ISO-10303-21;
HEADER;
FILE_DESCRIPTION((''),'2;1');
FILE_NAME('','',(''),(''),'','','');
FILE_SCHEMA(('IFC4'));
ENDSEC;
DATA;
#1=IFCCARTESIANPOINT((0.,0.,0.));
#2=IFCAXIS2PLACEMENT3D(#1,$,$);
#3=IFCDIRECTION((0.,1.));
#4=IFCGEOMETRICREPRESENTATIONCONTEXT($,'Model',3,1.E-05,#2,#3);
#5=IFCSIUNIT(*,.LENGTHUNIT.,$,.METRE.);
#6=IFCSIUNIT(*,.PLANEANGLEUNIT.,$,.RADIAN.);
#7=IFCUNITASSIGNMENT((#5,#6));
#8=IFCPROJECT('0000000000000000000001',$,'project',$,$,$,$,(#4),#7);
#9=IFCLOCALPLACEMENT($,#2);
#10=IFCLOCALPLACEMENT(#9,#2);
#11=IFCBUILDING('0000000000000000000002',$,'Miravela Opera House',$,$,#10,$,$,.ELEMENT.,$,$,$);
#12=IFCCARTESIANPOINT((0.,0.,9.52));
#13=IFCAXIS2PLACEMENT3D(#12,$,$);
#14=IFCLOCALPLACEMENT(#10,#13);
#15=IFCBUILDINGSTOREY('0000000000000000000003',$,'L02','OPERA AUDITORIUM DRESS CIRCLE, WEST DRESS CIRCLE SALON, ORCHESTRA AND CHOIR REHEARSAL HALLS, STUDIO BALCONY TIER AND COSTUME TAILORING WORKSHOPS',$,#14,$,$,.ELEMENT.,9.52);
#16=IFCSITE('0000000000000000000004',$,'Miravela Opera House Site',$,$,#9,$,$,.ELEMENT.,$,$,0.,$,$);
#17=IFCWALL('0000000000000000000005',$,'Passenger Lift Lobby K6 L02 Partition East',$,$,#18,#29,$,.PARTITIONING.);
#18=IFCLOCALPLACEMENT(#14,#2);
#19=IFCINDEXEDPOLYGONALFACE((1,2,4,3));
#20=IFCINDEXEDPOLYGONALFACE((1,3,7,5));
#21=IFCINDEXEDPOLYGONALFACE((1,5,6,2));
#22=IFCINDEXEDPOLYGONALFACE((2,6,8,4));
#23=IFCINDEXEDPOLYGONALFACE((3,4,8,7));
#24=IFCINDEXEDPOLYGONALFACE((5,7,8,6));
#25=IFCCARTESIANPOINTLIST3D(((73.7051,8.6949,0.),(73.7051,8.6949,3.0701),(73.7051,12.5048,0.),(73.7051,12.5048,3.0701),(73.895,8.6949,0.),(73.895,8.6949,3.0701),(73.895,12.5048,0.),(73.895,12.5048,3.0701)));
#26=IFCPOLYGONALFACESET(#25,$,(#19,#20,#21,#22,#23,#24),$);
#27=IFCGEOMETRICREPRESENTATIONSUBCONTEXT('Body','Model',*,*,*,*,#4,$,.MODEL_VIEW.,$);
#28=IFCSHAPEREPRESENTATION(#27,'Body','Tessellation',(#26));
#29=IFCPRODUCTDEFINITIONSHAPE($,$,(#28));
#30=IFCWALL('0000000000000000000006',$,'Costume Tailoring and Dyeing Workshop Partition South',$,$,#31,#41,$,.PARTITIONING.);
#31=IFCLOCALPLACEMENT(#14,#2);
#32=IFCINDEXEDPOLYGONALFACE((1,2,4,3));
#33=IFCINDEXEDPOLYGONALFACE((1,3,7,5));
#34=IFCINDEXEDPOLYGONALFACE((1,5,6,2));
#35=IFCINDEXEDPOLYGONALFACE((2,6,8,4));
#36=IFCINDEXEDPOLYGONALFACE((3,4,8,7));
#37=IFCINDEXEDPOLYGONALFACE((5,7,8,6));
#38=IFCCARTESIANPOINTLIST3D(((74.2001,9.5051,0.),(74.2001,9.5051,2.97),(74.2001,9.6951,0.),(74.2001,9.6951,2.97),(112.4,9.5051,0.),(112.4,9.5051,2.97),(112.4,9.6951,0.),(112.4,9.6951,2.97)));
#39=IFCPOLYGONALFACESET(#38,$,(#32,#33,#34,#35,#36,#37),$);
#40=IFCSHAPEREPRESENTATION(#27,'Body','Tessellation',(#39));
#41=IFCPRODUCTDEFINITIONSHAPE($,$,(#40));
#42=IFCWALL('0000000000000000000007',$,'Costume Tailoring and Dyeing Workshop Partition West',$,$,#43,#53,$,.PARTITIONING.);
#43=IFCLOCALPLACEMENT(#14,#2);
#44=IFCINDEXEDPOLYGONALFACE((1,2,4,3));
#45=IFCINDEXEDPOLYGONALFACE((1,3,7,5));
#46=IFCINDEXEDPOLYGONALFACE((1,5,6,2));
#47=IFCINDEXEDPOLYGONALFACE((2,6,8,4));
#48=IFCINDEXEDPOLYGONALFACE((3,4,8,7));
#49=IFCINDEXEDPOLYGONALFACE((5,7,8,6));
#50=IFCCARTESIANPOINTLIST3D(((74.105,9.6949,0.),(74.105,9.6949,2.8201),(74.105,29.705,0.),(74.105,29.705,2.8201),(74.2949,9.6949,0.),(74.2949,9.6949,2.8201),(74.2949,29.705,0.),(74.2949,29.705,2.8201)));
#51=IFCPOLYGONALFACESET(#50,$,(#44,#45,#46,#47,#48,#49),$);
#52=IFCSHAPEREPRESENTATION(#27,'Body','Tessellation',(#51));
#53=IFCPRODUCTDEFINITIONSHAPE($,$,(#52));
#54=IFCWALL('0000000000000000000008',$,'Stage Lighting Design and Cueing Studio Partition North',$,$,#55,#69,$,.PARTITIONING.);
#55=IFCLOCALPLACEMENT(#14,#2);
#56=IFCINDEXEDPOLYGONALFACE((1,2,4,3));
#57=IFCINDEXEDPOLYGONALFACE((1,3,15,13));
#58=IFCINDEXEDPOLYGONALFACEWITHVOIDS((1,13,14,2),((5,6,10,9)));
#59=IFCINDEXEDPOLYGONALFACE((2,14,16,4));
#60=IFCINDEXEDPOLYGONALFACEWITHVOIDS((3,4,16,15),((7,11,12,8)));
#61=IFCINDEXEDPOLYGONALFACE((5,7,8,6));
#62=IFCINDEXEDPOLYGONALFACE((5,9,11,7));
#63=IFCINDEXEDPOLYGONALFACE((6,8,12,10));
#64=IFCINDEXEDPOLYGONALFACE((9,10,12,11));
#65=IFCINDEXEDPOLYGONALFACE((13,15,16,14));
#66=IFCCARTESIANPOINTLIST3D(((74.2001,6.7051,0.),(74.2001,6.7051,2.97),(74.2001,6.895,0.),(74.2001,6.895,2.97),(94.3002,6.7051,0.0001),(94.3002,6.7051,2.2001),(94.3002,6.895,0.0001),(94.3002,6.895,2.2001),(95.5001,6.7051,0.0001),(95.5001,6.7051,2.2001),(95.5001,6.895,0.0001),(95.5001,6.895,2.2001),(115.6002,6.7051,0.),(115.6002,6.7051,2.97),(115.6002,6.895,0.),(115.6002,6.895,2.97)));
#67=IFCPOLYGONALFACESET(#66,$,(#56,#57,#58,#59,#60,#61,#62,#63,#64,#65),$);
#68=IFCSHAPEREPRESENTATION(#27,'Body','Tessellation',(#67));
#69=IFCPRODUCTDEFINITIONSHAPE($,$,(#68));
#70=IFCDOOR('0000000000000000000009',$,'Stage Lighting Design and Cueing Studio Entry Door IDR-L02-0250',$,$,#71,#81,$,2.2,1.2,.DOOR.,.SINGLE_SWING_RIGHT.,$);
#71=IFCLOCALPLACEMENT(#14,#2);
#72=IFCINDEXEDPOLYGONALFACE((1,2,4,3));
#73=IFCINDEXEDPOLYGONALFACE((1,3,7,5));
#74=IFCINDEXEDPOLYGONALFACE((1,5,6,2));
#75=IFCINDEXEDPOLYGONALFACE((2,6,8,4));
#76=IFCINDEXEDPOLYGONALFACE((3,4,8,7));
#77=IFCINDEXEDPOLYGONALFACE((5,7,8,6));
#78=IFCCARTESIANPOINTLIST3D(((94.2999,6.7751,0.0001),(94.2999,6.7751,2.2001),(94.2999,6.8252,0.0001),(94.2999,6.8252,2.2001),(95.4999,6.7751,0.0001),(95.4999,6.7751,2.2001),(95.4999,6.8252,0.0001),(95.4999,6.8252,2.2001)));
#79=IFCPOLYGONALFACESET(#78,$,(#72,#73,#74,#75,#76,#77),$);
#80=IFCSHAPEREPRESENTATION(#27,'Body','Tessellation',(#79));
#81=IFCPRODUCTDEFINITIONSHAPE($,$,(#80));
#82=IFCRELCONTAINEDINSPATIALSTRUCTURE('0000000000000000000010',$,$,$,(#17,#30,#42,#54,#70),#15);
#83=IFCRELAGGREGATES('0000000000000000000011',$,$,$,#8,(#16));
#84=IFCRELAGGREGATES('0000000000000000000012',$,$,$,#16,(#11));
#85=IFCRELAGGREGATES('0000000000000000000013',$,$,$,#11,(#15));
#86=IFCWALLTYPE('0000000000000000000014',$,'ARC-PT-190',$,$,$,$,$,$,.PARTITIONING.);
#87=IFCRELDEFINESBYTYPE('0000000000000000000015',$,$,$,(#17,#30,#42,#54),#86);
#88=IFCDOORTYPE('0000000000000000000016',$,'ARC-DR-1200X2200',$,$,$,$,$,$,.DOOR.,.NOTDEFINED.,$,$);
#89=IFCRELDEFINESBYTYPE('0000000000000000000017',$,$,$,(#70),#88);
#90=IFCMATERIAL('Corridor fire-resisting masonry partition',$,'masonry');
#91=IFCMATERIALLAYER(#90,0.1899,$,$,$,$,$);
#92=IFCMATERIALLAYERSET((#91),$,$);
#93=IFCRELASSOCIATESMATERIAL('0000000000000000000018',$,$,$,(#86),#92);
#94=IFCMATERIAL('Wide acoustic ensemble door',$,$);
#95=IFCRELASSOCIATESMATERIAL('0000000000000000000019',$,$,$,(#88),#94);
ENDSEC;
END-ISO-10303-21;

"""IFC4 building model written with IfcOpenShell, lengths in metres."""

from ifc_helpers import new_model, si_unit, direction, frame, frame_2d, origin, place, context, subcontext, project, spatial, rectangle, extrude, material, layer, layer_set, type_object, element, fill, save


model = new_model("IFC4")

# Units and contexts
model_context = context("Model", 3, precision=1e-05, world=origin(), true_north=direction((0.0, 1.0)))
body_context = subcontext(model_context, "Body", "Model", "MODEL_VIEW")
ifc_project = project(units=[si_unit("LENGTHUNIT", "METRE"), si_unit("PLANEANGLEUNIT", "RADIAN")], contexts=[model_context])

# Site, building, storey
site_placement = place(None, origin())
site = spatial("IfcSite", under=ifc_project, at=site_placement, Name="Miravela Opera House Site", CompositionType="ELEMENT", RefElevation=0.0)
building_placement = place(site_placement, origin())
building = spatial("IfcBuilding", under=site, at=building_placement, Name="Miravela Opera House", CompositionType="ELEMENT")
storey_placement = place(building_placement, frame((0.0, 0.0, 9.52)))
storey = spatial("IfcBuildingStorey", under=building, at=storey_placement, Name="L02", Description="OPERA AUDITORIUM DRESS CIRCLE, WEST DRESS CIRCLE SALON, ORCHESTRA AND CHOIR REHEARSAL HALLS, STUDIO BALCONY TIER AND COSTUME TAILORING WORKSHOPS", CompositionType="ELEMENT", Elevation=9.52)

# Walls
ifc_material_1 = material(Name="Corridor fire-resisting masonry partition", Category="masonry")
ifc_layer_1 = layer(ifc_material_1, 0.1899)
ifc_layer_set_1 = layer_set([ifc_layer_1])
wall_type_1 = type_object("IfcWallType", Name="ARC-PT-190", PredefinedType="PARTITIONING", material=ifc_layer_set_1)
wall_1_placement = place(storey_placement, frame((73.8, 8.6951, 0.0), z_axis=(0.0, 0.0, 1.0), x_axis=(0.0, 1.0, 0.0)))
element("IfcWall", 1, at=wall_1_placement, inside=storey, type_object=wall_type_1, Name="Passenger Lift Lobby K6 L02 Partition East", PredefinedType="PARTITIONING", context=body_context, shape_type="SweptSolid", body=[
    extrude(rectangle(XDim=3.8098, YDim=0.1899, at=frame_2d((1.9048, 0.0))), origin(), (0.0, 0.0, 1.0), 3.0701),
])
wall_2_placement = place(storey_placement, frame((74.2, 9.6001, 0.0), z_axis=(0.0, 0.0, 1.0), x_axis=(1.0, 0.0, 0.0)))
element("IfcWall", 2, at=wall_2_placement, inside=storey, type_object=wall_type_1, Name="Costume Tailoring and Dyeing Workshop Partition South", PredefinedType="PARTITIONING", context=body_context, shape_type="SweptSolid", body=[
    extrude(rectangle(XDim=38.2, YDim=0.1899, at=frame_2d((19.1001, 0.0))), origin(), (0.0, 0.0, 1.0), 2.97),
])
wall_3_placement = place(storey_placement, frame((74.2, 9.6951, 0.0), z_axis=(0.0, 0.0, 1.0), x_axis=(0.0, 1.0, 0.0)))
element("IfcWall", 3, at=wall_3_placement, inside=storey, type_object=wall_type_1, Name="Costume Tailoring and Dyeing Workshop Partition West", PredefinedType="PARTITIONING", context=body_context, shape_type="SweptSolid", body=[
    extrude(rectangle(XDim=20.01, YDim=0.1899, at=frame_2d((10.0049, 0.0))), origin(), (0.0, 0.0, 1.0), 2.8201),
])

# Wall, opening, door
wall_4_placement = place(storey_placement, frame((74.2, 6.8, 0.0), z_axis=(0.0, 0.0, 1.0), x_axis=(1.0, 0.0, 0.0)))
wall_4 = element("IfcWall", 4, at=wall_4_placement, inside=storey, type_object=wall_type_1, Name="Stage Lighting Design and Cueing Studio Partition North", PredefinedType="PARTITIONING", context=body_context, shape_type="SweptSolid", body=[
    extrude(rectangle(XDim=41.4001, YDim=0.1899, at=frame_2d((20.7002, 0.0))), origin(), (0.0, 0.0, 1.0), 2.97),
])
opening_placement = place(wall_4_placement, frame((20.1001, 0.0, 0.0)))
opening = element("IfcOpeningElement", 5, at=opening_placement, cuts=wall_4, PredefinedType="OPENING", context=body_context, shape_type="SweptSolid", body=[
    extrude(rectangle(XDim=1.2, YDim=2.2, at=frame_2d((0.6001, 1.1001))), frame((0.0, 0.105, 0.0), z_axis=(0.0, -1.0, 0.0), x_axis=(1.0, 0.0, 0.0)), (0.0, 0.0, 1.0), 0.21),
])
ifc_material_2 = material(Name="Wide acoustic ensemble door")
door_type = type_object("IfcDoorType", Name="ARC-DR-1200X2200", OperationType="NOTDEFINED", PredefinedType="DOOR", material=ifc_material_2)
door_placement = place(opening_placement, frame((1.2, 0.0, 0.0), z_axis=(0.0, 0.0, 1.0), x_axis=(-1.0, 0.0, 0.0)))
door = element("IfcDoor", 6, at=door_placement, inside=storey, type_object=door_type, Name="Stage Lighting Design and Cueing Studio Entry Door IDR-L02-0250", OperationType="SINGLE_SWING_RIGHT", OverallHeight=2.2, OverallWidth=1.2, PredefinedType="DOOR", context=body_context, shape_type="SweptSolid", body=[
    extrude(rectangle(XDim=1.2, YDim=2.2, at=frame_2d((0.6001, 1.1001))), frame((0.0, 0.0249, 0.0), z_axis=(0.0, -1.0, 0.0), x_axis=(1.0, 0.0, 0.0)), (0.0, 0.0, 1.0), 0.05),
])
fill(opening, door)

save(model, "model.ifc")
